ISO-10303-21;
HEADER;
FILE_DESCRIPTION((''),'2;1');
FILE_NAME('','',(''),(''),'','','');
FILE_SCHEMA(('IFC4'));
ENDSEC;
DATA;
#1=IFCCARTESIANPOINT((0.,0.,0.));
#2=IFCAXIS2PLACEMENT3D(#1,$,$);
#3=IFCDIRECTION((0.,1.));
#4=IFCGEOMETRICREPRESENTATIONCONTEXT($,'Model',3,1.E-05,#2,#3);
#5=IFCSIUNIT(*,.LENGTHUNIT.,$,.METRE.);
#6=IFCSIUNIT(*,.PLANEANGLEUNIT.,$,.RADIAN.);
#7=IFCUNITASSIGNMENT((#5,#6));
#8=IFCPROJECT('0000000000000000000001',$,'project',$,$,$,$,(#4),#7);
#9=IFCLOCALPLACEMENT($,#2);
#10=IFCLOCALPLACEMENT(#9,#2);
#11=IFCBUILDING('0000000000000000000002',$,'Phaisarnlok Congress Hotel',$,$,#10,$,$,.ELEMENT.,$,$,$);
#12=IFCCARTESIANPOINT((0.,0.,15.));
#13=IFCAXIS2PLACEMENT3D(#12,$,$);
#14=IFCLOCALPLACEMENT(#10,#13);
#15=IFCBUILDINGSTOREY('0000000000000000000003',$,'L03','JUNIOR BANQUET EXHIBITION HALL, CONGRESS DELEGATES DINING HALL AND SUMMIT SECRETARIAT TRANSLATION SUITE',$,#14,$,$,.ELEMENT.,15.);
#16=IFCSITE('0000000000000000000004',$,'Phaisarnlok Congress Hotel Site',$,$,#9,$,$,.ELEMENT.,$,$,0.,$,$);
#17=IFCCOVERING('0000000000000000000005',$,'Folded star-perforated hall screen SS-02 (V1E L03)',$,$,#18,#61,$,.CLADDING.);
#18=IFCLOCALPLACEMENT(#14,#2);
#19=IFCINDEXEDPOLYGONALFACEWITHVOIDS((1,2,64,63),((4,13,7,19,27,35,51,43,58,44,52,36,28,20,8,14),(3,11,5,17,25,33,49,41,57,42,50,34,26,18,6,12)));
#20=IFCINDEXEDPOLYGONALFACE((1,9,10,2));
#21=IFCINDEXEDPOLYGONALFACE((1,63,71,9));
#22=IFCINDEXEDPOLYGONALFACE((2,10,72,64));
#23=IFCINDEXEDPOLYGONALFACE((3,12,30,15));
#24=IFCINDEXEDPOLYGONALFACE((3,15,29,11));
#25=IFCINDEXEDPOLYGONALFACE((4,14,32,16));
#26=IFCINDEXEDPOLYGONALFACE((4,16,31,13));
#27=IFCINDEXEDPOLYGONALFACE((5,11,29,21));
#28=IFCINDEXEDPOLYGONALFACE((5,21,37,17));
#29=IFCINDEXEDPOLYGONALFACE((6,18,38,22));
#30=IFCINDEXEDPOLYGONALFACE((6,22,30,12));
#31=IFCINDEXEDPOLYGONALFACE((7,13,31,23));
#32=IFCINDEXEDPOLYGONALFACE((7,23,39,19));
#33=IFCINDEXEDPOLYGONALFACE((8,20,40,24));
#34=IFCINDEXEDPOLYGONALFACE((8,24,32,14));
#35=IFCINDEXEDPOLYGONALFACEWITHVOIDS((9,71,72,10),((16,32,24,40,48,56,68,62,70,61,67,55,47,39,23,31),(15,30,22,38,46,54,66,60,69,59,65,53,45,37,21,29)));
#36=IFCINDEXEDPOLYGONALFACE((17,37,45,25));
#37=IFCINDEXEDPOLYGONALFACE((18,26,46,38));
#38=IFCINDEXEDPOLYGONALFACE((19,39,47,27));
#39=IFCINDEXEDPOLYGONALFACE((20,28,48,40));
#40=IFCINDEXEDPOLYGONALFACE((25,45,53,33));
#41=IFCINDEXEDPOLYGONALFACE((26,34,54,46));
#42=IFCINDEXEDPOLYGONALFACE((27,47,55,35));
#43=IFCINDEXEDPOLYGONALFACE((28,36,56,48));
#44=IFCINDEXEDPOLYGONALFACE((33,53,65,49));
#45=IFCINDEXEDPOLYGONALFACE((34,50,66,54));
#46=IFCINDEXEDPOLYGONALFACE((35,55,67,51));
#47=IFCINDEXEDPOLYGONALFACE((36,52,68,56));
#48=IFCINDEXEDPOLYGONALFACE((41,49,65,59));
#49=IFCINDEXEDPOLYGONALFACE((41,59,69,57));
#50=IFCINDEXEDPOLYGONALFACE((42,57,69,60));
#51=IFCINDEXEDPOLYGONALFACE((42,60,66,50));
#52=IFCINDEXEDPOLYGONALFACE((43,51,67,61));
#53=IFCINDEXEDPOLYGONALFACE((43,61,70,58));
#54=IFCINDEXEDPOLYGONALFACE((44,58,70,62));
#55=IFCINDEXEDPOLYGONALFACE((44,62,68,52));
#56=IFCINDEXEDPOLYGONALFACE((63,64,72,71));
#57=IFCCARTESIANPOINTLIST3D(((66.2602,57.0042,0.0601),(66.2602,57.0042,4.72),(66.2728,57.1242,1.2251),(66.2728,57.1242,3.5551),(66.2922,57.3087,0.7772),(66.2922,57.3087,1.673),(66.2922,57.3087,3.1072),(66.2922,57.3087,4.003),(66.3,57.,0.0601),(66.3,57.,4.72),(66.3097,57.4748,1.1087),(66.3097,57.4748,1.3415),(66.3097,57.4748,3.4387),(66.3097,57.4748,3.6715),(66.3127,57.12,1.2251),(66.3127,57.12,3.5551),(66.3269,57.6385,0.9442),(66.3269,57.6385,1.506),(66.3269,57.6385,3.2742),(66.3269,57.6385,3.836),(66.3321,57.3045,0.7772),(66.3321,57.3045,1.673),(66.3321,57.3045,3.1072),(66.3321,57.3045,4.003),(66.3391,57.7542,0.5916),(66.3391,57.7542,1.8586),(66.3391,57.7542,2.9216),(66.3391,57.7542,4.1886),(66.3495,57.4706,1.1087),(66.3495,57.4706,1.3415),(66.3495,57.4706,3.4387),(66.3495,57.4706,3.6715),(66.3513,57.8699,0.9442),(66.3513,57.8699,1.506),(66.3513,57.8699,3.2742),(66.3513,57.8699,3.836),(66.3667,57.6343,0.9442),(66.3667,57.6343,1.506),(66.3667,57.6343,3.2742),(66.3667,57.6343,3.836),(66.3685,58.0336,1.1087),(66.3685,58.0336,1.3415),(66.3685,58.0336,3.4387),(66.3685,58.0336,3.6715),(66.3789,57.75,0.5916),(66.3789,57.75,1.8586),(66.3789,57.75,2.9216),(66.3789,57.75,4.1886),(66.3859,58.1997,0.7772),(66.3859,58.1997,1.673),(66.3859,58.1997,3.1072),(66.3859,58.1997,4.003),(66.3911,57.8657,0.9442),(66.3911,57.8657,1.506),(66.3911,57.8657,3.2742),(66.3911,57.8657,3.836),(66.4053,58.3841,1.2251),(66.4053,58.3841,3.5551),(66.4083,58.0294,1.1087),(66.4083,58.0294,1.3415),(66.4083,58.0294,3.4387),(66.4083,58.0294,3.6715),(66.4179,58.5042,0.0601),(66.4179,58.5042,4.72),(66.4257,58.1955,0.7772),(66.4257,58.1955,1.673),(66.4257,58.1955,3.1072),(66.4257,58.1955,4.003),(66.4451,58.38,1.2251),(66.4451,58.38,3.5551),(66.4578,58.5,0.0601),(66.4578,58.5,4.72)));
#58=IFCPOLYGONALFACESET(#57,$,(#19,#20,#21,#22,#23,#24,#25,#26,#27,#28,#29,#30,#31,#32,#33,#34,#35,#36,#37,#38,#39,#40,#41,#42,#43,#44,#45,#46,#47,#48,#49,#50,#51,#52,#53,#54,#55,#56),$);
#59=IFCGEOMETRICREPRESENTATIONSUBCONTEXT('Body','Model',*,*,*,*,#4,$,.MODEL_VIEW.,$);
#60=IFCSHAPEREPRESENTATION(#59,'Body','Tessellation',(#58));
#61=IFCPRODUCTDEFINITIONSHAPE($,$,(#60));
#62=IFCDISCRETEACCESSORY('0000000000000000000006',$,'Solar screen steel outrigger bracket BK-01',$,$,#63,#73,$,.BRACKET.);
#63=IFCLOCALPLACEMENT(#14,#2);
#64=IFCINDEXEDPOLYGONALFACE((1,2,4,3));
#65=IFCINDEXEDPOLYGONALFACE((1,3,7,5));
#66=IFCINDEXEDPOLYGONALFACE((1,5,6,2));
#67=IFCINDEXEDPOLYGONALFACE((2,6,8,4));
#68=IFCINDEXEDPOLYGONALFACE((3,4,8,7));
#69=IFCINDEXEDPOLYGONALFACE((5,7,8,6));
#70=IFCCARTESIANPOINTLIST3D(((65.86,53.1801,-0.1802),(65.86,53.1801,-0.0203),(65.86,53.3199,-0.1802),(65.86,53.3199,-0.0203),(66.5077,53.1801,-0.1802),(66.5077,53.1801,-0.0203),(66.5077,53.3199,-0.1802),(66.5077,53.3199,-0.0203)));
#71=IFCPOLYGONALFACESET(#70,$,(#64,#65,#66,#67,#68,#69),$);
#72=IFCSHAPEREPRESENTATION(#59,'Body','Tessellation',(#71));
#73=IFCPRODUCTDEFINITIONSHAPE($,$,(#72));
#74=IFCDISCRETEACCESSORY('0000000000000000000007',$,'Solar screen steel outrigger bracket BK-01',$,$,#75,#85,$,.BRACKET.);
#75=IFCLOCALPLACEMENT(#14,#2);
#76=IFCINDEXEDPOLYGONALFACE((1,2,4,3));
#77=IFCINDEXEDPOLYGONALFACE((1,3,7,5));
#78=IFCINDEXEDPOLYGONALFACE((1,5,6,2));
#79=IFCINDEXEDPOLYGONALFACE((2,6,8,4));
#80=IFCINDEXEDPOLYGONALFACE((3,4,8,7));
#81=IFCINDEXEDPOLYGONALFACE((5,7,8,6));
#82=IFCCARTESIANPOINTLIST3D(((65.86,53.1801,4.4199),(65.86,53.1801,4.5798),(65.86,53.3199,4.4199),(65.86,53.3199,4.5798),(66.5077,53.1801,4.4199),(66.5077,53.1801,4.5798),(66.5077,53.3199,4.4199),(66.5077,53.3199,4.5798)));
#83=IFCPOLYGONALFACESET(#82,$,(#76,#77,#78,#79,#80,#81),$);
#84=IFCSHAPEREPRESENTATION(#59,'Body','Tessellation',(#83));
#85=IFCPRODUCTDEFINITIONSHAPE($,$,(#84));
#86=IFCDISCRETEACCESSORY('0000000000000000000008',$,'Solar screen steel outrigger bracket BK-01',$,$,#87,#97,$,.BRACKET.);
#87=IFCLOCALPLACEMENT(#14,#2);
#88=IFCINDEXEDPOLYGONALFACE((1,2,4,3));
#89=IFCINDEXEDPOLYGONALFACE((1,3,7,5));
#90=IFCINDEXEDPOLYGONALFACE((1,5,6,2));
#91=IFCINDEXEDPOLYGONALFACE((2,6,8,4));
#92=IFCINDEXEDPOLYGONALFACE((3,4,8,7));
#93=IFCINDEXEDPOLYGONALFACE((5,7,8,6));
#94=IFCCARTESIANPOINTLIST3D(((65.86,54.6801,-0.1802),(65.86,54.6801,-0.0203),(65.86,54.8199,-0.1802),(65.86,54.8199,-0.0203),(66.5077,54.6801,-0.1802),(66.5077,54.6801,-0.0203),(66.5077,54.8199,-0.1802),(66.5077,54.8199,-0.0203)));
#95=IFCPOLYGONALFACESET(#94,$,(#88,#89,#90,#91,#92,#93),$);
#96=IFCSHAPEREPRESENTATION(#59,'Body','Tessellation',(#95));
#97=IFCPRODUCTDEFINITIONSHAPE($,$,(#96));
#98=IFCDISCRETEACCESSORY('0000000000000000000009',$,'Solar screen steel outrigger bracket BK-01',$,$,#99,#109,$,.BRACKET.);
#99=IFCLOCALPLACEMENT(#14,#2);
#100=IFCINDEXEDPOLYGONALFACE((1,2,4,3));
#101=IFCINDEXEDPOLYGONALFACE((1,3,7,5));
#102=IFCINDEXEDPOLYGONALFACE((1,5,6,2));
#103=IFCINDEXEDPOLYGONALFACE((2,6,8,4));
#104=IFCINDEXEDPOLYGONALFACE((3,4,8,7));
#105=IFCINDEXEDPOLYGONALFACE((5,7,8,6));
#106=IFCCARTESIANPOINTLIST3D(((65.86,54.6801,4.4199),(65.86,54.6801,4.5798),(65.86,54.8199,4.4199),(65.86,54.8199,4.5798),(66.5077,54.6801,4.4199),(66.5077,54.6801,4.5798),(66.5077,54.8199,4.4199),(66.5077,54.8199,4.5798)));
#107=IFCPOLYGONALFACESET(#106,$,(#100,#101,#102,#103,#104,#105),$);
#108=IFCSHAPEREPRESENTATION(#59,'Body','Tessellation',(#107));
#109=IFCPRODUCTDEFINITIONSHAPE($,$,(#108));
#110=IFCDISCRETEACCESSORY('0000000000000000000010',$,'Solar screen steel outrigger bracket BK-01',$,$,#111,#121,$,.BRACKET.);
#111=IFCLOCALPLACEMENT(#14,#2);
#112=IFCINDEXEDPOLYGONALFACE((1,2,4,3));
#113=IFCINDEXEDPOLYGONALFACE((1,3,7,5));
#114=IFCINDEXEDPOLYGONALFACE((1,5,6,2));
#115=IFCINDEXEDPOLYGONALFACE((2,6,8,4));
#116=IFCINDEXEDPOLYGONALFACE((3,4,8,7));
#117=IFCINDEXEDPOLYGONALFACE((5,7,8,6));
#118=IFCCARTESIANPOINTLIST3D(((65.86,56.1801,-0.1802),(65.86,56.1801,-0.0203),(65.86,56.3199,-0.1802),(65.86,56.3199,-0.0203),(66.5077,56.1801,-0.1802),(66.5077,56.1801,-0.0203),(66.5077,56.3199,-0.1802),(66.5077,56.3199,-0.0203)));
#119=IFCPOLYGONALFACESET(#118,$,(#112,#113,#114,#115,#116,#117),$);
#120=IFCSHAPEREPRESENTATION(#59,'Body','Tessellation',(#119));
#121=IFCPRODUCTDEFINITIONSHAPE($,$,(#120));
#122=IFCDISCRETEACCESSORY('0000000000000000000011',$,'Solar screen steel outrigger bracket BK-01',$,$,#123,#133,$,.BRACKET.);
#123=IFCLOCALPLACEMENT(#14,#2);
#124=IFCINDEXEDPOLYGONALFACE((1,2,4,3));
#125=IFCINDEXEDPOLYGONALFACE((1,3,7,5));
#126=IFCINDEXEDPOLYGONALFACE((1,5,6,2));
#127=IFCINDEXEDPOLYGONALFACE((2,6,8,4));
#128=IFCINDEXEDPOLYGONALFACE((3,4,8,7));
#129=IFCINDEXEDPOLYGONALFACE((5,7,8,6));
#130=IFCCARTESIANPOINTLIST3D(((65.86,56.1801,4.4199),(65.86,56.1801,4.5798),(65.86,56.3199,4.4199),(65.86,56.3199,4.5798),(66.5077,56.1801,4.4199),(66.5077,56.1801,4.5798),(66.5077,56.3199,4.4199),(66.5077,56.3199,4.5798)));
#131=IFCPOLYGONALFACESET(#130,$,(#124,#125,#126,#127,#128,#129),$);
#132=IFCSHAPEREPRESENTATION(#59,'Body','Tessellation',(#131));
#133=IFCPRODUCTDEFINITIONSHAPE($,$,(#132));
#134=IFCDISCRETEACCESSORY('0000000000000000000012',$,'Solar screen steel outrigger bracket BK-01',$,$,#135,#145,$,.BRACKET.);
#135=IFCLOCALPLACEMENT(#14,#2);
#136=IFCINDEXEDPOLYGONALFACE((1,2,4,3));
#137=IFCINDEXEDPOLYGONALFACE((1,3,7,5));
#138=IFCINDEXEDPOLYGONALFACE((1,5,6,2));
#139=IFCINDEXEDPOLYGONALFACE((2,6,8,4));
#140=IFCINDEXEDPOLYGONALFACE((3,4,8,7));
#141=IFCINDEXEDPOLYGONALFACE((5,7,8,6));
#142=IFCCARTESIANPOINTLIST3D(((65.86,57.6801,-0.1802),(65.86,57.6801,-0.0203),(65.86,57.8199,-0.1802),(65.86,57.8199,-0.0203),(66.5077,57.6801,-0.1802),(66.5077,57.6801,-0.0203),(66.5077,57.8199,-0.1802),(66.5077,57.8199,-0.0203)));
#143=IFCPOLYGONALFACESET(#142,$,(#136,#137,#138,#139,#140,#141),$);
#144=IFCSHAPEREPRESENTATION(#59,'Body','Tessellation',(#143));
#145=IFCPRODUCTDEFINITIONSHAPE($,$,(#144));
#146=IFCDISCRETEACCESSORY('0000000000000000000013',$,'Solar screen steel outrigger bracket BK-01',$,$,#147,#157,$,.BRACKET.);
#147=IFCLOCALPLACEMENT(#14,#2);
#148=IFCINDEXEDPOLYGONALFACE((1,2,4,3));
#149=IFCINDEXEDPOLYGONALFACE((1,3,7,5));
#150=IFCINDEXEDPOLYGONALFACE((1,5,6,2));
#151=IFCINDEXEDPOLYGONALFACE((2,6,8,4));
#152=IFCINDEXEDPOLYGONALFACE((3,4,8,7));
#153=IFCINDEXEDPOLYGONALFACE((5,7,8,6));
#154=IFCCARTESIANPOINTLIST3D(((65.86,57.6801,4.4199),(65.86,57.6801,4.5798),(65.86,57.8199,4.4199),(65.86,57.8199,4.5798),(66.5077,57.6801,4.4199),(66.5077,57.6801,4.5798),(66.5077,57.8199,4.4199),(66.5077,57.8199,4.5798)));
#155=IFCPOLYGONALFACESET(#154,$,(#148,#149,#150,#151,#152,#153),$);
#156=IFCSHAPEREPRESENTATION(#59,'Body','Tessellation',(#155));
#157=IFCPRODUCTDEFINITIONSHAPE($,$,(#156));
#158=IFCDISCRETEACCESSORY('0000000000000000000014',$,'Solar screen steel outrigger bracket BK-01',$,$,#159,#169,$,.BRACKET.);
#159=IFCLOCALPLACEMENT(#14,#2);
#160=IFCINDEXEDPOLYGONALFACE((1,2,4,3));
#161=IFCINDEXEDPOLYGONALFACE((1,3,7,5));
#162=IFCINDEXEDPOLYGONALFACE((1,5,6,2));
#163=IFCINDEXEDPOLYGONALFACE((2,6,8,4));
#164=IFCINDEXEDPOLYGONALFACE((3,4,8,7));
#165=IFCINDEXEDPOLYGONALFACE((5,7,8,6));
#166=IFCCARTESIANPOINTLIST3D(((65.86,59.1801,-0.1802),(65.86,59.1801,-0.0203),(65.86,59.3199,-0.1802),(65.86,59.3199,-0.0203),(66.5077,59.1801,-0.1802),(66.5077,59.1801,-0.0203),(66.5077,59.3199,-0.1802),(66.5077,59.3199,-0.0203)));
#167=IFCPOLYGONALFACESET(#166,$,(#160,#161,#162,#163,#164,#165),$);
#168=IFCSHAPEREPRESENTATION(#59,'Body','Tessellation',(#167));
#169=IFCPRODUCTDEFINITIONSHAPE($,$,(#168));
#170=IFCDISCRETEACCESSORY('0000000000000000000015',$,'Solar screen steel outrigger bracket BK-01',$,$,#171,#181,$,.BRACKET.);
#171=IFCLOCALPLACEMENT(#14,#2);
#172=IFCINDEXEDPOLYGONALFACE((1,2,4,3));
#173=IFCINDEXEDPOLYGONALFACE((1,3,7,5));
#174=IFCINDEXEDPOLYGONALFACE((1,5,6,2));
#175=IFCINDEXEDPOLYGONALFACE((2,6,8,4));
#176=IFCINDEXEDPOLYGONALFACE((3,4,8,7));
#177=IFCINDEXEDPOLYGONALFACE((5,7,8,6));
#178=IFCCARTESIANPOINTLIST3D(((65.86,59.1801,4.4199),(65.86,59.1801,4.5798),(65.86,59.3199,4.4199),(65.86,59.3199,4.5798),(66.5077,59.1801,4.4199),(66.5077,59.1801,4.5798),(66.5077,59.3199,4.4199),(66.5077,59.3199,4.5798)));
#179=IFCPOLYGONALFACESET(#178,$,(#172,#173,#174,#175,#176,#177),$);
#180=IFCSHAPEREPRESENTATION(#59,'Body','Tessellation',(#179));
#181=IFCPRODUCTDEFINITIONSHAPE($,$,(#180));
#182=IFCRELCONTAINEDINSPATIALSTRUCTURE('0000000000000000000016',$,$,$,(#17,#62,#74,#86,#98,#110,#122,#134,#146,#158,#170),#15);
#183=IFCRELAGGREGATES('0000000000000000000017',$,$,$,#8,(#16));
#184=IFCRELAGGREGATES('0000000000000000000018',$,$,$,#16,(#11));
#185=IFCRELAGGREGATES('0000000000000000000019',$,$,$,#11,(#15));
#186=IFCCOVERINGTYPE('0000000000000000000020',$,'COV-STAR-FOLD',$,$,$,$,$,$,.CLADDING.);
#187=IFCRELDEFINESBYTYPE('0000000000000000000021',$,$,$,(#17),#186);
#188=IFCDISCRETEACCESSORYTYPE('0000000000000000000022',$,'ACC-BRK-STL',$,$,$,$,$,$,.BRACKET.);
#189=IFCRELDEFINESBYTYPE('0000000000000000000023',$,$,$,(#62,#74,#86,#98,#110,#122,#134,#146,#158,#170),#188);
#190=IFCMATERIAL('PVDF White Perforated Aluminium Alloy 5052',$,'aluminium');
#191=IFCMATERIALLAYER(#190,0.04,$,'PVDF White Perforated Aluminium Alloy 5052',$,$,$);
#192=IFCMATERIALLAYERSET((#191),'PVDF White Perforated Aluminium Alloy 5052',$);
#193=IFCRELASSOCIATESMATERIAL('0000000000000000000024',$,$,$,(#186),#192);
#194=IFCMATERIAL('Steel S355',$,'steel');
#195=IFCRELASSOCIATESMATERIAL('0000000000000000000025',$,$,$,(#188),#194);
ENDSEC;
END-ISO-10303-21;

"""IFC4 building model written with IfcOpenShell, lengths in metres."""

from ifc_helpers import new_model, si_unit, direction, frame, origin, origin_2d, place, context, subcontext, project, spatial, polyline, rectangle, outline, extrude, material, layer, layer_set, type_object, element, save


model = new_model("IFC4")

# Units and contexts
model_context = context("Model", 3, precision=1e-05, world=origin(), true_north=direction((0.0, 1.0)))
body_context = subcontext(model_context, "Body", "Model", "MODEL_VIEW")
ifc_project = project(units=[si_unit("LENGTHUNIT", "METRE"), si_unit("PLANEANGLEUNIT", "RADIAN")], contexts=[model_context])

# Site, building, storey
site_placement = place(None, origin())
site = spatial("IfcSite", under=ifc_project, at=site_placement, Name="Phaisarnlok Congress Hotel Site", CompositionType="ELEMENT", RefElevation=0.0)
building_placement = place(site_placement, origin())
building = spatial("IfcBuilding", under=site, at=building_placement, Name="Phaisarnlok Congress Hotel", CompositionType="ELEMENT")
storey_placement = place(building_placement, frame((0.0, 0.0, 15.0)))
storey = spatial("IfcBuildingStorey", under=building, at=storey_placement, Name="L03", Description="JUNIOR BANQUET EXHIBITION HALL, CONGRESS DELEGATES DINING HALL AND SUMMIT SECRETARIAT TRANSLATION SUITE", CompositionType="ELEMENT", Elevation=15.0)

# Shared definitions
ifc_material_1 = material(Name="Steel S355", Category="steel")

# Covering
ifc_material_2 = material(Name="PVDF White Perforated Aluminium Alloy 5052", Category="aluminium")
ifc_layer_1 = layer(ifc_material_2, 0.04, Name="PVDF White Perforated Aluminium Alloy 5052")
ifc_layer_set_1 = layer_set([ifc_layer_1], Name="PVDF White Perforated Aluminium Alloy 5052")
covering_type = type_object("IfcCoveringType", Name="COV-STAR-FOLD", PredefinedType="CLADDING", material=ifc_layer_set_1)
for number, where, z_axis, x_axis, name in (
    (1, (66.4578, 58.5, 0.0601), (-0.994518, 0.104567, 0.0), (-0.104567, -0.994518, 0.0), "Folded star-perforated hall screen SS-02 (V1E L03)"),
):
    element("IfcCovering", number, at=place(storey_placement, frame(where, z_axis=z_axis, x_axis=x_axis)), inside=storey, type_object=covering_type, Name=name, PredefinedType="CLADDING", context=body_context, shape_type="SweptSolid", body=[
        extrude(outline(polyline([(0.0, 0.0), (1.5083, 0.0), (1.5083, 4.6599), (0.0, 4.6599), (0.0, 0.0)]), holes=[polyline([(1.0351, 1.0486), (1.2021, 0.7171), (0.8705, 0.8841), (0.7541, 0.5315), (0.6378, 0.8841), (0.3062, 0.7171), (0.4732, 1.0486), (0.1207, 1.165), (0.4732, 1.2814), (0.3062, 1.6129), (0.6378, 1.4459), (0.7541, 1.7985), (0.8705, 1.4459), (1.2021, 1.6129), (1.0351, 1.2814), (1.3876, 1.165), (1.0351, 1.0486)]), polyline([(1.0351, 3.3786), (1.2021, 3.0471), (0.8705, 3.2141), (0.7541, 2.8615), (0.6378, 3.2141), (0.3062, 3.0471), (0.4732, 3.3786), (0.1207, 3.495), (0.4732, 3.6114), (0.3062, 3.9429), (0.6378, 3.7759), (0.7541, 4.1285), (0.8705, 3.7759), (1.2021, 3.9429), (1.0351, 3.6114), (1.3876, 3.495), (1.0351, 3.3786)])]), origin(), (0.0, 0.0, 1.0), 0.04),
    ])

# Discrete accessories
discrete_accessory_type = type_object("IfcDiscreteAccessoryType", Name="ACC-BRK-STL", PredefinedType="BRACKET", material=ifc_material_1)
for number, where, z_axis, x_axis, name in (
    (2, (66.1838, 53.25, -0.1802), (0.0, 0.0, 1.0), (1.0, 0.0, 0.0), "Solar screen steel outrigger bracket BK-01"),
    (3, (66.1838, 53.25, 4.4199), (0.0, 0.0, 1.0), (1.0, 0.0, 0.0), "Solar screen steel outrigger bracket BK-01"),
    (4, (66.1838, 54.75, -0.1802), (0.0, 0.0, 1.0), (1.0, 0.0, 0.0), "Solar screen steel outrigger bracket BK-01"),
    (5, (66.1838, 54.75, 4.4199), (0.0, 0.0, 1.0), (1.0, 0.0, 0.0), "Solar screen steel outrigger bracket BK-01"),
    (6, (66.1838, 56.25, -0.1802), (0.0, 0.0, 1.0), (1.0, 0.0, 0.0), "Solar screen steel outrigger bracket BK-01"),
    (7, (66.1838, 56.25, 4.4199), (0.0, 0.0, 1.0), (1.0, 0.0, 0.0), "Solar screen steel outrigger bracket BK-01"),
    (8, (66.1838, 57.75, -0.1802), (0.0, 0.0, 1.0), (1.0, 0.0, 0.0), "Solar screen steel outrigger bracket BK-01"),
    (9, (66.1838, 57.75, 4.4199), (0.0, 0.0, 1.0), (1.0, 0.0, 0.0), "Solar screen steel outrigger bracket BK-01"),
    (10, (66.1838, 59.25, -0.1802), (0.0, 0.0, 1.0), (1.0, 0.0, 0.0), "Solar screen steel outrigger bracket BK-01"),
    (11, (66.1838, 59.25, 4.4199), (0.0, 0.0, 1.0), (1.0, 0.0, 0.0), "Solar screen steel outrigger bracket BK-01"),
):
    element("IfcDiscreteAccessory", number, at=place(storey_placement, frame(where, z_axis=z_axis, x_axis=x_axis)), inside=storey, type_object=discrete_accessory_type, Name=name, PredefinedType="BRACKET", context=body_context, shape_type="SweptSolid", body=[
        extrude(rectangle(XDim=0.6477, YDim=0.1399, at=origin_2d()), origin(), (0.0, 0.0, 1.0), 0.1599),
    ])

save(model, "model.ifc")
